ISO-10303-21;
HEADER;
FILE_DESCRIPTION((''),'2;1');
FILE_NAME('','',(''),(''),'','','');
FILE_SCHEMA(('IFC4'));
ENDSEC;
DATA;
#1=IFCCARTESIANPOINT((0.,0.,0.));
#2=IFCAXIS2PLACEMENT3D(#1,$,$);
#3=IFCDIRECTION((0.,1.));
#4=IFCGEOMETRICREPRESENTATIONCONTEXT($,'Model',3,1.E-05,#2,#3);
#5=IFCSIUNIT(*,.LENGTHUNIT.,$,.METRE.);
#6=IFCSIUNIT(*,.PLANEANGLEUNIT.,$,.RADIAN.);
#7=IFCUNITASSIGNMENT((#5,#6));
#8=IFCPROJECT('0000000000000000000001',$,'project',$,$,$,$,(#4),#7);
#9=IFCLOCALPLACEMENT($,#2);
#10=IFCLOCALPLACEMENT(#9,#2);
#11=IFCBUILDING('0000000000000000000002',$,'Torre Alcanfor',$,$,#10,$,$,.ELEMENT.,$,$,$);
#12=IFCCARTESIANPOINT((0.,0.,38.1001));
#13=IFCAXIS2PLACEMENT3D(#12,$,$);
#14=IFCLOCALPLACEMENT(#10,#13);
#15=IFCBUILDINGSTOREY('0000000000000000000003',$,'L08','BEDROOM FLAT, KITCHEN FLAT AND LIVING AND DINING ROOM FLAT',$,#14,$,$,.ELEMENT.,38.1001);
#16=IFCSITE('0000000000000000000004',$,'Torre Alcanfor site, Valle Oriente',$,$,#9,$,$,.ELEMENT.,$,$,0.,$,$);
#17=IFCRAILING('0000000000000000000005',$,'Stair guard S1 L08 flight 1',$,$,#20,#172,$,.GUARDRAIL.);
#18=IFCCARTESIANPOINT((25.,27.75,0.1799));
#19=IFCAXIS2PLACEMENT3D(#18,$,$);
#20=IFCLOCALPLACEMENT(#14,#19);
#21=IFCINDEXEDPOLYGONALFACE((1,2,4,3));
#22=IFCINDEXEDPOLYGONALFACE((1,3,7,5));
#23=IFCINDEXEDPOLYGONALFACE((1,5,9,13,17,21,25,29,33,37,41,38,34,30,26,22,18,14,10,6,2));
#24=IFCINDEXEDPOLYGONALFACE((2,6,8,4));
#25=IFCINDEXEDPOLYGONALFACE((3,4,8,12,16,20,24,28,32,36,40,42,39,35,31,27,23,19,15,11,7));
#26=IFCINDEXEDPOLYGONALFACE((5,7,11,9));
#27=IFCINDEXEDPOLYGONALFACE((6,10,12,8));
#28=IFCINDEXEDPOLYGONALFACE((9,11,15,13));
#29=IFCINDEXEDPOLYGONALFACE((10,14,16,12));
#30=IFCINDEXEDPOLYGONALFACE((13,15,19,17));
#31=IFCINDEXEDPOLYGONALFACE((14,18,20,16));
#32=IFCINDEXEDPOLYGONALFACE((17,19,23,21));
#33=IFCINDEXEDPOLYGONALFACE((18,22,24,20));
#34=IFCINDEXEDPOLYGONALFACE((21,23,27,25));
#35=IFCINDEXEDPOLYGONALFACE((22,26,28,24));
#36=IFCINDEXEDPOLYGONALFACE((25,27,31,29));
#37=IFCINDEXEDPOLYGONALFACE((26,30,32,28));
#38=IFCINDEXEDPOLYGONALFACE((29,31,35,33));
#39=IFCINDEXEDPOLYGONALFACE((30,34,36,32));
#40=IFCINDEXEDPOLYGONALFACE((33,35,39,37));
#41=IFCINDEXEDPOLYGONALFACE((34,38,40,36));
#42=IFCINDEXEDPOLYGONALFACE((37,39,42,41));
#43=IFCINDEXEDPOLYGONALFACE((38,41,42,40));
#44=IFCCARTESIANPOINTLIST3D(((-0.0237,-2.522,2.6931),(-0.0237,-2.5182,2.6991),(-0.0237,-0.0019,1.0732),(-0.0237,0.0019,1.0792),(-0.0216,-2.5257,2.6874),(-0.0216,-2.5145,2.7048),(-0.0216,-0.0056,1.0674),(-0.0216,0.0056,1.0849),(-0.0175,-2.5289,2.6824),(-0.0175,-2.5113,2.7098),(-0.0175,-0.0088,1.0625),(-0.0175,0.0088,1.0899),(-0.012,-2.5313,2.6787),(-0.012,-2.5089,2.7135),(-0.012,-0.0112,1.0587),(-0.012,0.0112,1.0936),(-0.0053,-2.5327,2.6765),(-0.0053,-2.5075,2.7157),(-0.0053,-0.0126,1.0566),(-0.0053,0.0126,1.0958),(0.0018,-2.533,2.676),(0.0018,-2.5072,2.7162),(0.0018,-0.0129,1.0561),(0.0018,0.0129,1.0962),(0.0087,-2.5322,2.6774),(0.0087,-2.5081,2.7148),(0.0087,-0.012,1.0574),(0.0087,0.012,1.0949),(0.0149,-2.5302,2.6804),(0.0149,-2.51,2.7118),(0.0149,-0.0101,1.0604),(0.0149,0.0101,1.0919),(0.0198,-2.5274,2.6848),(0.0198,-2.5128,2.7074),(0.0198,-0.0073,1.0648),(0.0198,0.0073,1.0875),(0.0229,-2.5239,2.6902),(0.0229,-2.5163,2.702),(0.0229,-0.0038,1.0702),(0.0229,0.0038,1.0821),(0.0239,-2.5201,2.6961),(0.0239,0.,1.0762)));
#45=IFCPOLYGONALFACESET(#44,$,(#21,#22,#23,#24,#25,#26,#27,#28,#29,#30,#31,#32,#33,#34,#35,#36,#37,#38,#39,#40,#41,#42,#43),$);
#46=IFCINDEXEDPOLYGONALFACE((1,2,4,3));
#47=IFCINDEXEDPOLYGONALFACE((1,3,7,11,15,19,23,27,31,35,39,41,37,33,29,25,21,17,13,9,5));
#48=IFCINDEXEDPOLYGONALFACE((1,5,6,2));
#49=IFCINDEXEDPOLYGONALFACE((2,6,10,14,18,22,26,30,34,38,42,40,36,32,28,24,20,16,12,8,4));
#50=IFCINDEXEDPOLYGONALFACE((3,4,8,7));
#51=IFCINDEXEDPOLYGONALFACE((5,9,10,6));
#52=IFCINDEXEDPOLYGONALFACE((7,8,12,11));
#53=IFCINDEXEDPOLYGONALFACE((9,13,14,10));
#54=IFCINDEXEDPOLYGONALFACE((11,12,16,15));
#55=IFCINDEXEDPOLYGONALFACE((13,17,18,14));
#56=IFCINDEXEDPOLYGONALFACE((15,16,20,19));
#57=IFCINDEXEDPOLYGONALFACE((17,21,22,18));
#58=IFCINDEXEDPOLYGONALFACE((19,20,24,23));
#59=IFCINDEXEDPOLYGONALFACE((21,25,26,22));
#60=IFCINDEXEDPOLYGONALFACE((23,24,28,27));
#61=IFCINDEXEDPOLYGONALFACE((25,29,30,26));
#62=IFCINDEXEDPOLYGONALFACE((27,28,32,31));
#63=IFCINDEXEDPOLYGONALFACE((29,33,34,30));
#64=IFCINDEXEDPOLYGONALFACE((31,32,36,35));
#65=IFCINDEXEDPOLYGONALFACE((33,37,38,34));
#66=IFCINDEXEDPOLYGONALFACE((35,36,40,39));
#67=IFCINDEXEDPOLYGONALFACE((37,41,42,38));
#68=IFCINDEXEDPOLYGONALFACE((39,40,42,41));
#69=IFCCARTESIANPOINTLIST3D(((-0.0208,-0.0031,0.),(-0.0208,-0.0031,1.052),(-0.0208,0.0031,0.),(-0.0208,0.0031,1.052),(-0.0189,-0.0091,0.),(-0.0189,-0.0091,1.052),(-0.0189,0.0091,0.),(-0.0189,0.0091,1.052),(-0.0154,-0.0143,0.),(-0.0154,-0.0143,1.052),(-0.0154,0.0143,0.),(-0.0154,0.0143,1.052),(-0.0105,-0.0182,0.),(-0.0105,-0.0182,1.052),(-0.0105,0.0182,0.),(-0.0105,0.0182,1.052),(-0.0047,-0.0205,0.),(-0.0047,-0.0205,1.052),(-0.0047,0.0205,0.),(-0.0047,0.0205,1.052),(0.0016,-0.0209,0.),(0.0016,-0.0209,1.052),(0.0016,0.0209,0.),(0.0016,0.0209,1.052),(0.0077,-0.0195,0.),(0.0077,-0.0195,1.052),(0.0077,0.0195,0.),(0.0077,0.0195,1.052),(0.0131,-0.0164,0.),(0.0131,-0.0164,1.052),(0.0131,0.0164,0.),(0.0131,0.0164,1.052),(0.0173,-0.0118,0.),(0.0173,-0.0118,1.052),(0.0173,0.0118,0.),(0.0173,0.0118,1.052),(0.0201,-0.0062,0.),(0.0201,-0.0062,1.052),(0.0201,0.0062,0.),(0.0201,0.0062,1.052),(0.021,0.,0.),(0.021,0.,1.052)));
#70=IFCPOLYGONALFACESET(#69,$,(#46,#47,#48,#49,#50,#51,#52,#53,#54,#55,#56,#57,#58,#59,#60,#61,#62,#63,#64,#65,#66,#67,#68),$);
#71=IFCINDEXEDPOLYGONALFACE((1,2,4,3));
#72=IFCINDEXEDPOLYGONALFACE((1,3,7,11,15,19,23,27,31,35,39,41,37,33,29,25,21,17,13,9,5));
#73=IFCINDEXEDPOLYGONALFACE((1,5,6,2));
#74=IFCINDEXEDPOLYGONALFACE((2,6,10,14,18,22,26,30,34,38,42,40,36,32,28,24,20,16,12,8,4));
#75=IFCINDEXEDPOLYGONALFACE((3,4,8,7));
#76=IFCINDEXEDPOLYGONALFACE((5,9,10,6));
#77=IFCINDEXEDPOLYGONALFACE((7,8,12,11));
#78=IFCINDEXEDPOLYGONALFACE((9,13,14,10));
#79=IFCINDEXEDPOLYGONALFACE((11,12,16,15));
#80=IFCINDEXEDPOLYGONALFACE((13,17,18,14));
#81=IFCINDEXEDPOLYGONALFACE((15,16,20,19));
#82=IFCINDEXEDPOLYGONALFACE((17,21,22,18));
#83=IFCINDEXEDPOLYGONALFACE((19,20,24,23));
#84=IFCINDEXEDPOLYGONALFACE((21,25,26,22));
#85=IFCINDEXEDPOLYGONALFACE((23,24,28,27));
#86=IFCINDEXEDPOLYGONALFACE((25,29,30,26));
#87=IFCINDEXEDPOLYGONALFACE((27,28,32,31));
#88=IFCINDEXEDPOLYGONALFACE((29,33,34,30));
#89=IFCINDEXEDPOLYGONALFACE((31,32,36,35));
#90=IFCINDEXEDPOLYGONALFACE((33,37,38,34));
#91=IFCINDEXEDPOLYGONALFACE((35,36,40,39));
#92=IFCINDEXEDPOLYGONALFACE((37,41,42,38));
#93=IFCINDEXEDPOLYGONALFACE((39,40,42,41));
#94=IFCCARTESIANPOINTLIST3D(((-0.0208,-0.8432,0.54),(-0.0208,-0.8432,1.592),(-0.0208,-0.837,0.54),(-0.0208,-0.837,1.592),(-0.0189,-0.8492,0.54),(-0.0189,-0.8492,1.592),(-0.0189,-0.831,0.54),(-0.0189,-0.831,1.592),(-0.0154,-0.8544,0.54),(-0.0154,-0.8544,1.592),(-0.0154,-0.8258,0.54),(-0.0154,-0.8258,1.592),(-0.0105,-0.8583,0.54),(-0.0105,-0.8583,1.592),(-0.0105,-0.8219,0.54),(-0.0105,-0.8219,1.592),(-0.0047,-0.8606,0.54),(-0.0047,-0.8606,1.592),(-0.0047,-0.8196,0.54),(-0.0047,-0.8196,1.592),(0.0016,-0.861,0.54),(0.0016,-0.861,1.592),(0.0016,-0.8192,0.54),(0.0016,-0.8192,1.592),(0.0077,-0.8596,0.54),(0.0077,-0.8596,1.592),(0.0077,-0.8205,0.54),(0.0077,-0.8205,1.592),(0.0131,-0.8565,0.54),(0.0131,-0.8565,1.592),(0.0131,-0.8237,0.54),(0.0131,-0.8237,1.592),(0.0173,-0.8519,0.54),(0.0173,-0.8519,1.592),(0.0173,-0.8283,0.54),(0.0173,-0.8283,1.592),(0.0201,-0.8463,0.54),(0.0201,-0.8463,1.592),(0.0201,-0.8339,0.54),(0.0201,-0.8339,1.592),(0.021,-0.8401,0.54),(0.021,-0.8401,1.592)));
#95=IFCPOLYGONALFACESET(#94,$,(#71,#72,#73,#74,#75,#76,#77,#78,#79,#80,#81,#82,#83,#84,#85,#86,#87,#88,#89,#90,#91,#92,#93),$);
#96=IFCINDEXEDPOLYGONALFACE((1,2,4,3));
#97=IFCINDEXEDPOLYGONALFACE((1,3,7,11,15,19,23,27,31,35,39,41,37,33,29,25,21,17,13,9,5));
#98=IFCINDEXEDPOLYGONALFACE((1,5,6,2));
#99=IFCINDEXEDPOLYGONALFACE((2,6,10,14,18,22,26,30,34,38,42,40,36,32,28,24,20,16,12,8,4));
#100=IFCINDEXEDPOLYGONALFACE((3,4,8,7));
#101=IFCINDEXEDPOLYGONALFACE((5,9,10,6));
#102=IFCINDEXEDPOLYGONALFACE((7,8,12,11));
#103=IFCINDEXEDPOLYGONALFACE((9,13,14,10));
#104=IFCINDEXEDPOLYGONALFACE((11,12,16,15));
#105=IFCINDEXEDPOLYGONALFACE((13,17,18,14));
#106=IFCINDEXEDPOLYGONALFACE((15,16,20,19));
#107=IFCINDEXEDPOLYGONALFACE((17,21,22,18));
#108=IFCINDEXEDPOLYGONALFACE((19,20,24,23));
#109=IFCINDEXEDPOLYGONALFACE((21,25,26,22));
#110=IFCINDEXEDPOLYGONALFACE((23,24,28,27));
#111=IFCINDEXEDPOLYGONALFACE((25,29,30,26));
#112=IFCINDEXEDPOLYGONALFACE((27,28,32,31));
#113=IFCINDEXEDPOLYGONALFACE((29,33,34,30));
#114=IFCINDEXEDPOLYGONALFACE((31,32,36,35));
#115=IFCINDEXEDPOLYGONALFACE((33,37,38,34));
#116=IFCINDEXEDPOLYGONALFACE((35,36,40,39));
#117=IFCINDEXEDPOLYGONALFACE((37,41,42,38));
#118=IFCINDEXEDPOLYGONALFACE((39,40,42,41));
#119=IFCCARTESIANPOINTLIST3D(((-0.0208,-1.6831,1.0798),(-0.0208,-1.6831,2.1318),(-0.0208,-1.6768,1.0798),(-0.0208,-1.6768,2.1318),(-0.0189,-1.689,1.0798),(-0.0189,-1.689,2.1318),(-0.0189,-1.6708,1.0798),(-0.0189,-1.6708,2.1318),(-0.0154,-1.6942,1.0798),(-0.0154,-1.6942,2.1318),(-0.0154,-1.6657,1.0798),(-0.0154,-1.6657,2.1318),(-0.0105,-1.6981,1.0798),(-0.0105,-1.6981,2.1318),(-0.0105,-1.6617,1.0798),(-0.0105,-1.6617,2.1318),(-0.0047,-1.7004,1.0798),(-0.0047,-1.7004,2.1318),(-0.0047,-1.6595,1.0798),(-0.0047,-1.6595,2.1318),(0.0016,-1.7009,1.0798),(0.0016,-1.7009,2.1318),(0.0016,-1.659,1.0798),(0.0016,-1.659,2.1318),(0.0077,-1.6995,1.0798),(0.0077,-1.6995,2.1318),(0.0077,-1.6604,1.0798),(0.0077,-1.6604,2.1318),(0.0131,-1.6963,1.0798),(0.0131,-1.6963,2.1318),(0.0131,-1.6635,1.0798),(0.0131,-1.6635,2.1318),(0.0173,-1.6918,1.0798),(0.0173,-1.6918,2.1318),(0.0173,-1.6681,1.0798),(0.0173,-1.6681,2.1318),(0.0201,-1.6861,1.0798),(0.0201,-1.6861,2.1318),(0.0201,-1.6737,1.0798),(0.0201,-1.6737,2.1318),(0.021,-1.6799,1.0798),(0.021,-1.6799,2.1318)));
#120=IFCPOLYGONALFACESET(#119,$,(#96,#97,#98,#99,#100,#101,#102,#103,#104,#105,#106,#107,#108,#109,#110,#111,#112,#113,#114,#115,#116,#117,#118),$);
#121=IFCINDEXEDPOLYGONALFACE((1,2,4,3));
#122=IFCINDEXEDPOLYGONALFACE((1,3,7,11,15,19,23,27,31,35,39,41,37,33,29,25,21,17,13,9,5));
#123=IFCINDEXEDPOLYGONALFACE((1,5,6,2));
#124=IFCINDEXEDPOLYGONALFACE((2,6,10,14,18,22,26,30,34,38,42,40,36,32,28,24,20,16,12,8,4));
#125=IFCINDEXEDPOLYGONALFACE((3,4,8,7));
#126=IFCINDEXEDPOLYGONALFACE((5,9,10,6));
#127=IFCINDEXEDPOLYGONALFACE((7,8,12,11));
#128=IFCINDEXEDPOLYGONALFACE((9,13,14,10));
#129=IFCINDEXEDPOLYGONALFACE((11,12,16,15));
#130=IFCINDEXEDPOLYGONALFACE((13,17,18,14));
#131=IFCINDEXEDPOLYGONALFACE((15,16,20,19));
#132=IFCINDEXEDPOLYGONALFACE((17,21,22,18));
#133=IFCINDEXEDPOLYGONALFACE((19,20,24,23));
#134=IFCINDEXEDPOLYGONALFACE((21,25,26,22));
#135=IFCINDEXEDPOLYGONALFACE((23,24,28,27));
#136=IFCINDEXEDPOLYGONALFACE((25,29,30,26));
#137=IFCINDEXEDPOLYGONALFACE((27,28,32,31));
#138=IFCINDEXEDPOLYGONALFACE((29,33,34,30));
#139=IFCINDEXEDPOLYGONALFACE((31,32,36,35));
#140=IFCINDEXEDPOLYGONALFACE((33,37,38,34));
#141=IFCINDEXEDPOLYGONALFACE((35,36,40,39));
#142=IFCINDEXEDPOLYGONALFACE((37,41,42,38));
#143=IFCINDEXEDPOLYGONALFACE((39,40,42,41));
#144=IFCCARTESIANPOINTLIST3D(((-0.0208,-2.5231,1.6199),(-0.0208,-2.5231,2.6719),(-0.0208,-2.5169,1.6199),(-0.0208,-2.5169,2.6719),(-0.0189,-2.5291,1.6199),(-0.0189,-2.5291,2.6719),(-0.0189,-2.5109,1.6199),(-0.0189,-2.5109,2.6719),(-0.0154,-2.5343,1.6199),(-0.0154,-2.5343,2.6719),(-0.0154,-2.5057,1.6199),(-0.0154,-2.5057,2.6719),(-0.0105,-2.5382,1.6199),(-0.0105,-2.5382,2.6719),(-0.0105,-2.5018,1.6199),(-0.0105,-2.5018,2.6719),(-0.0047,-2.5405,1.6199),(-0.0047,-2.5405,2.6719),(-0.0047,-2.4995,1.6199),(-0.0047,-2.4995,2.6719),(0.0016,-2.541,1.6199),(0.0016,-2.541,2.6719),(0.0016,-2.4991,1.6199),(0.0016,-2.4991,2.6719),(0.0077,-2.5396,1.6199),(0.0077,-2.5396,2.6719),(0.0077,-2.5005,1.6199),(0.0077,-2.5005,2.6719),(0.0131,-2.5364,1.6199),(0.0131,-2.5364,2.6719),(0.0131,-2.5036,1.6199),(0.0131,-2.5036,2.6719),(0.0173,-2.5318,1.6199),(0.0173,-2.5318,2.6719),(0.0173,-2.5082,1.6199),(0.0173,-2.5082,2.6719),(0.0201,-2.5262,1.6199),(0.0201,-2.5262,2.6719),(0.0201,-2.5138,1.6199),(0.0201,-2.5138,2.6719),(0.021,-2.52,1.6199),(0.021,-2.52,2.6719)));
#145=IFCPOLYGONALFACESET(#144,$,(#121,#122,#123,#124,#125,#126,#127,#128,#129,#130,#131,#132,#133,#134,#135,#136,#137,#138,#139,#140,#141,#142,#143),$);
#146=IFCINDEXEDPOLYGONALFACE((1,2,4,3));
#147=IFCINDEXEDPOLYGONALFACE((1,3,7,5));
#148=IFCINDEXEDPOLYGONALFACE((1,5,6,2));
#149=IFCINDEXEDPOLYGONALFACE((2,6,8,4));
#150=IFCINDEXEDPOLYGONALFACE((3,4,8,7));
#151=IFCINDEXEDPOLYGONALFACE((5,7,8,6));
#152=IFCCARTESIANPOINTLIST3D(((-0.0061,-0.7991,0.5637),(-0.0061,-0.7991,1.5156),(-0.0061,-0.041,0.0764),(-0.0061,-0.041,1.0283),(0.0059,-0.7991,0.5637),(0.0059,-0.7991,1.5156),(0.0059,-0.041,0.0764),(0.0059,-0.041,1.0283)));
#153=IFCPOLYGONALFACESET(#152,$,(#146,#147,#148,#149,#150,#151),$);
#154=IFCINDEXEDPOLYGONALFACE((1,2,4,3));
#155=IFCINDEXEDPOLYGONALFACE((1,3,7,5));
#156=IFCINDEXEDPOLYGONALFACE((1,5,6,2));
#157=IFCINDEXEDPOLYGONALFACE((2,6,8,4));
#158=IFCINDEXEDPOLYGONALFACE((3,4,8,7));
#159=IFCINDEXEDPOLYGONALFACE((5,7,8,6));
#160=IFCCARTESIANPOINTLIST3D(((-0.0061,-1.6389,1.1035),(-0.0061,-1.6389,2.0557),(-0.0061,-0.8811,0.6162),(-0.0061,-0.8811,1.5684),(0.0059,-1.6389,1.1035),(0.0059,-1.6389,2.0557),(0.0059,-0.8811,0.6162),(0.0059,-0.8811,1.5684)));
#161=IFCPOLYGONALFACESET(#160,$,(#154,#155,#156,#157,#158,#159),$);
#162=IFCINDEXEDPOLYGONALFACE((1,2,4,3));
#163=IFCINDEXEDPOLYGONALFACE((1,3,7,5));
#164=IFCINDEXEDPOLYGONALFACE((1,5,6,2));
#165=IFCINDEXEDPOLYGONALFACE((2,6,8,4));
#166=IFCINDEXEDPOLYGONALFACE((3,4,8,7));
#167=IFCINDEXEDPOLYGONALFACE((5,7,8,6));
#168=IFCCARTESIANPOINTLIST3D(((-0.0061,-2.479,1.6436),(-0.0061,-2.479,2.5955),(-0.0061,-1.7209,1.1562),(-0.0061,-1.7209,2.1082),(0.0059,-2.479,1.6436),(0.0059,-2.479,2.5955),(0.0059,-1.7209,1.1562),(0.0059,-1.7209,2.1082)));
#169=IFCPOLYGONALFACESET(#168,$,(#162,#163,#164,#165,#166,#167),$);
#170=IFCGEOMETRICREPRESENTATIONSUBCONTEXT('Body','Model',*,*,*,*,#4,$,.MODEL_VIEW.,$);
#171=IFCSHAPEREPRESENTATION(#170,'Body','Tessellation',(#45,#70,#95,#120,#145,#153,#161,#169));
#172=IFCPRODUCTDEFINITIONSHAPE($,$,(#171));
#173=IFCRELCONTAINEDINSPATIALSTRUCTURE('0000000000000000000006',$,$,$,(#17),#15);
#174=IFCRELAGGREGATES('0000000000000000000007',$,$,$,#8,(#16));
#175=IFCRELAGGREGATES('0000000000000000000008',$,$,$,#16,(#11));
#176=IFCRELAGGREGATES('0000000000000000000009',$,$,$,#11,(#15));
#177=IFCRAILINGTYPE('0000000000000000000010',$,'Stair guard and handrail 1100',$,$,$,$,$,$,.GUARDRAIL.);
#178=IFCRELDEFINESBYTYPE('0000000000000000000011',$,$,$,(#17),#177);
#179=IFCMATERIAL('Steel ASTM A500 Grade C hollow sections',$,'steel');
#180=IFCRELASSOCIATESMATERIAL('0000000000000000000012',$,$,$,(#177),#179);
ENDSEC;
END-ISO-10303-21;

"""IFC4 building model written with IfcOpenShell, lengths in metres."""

from ifc_helpers import new_model, si_unit, direction, frame, origin, origin_2d, place, context, subcontext, project, spatial, polyline, circle, outline, extrude, material, type_object, element, save


model = new_model("IFC4")

# Units and contexts
model_context = context("Model", 3, precision=1e-05, world=origin(), true_north=direction((0.0, 1.0)))
body_context = subcontext(model_context, "Body", "Model", "MODEL_VIEW")
ifc_project = project(units=[si_unit("LENGTHUNIT", "METRE"), si_unit("PLANEANGLEUNIT", "RADIAN")], contexts=[model_context])

# Site, building, storey
site_placement = place(None, origin())
site = spatial("IfcSite", under=ifc_project, at=site_placement, Name="Torre Alcanfor site, Valle Oriente", CompositionType="ELEMENT", RefElevation=0.0)
building_placement = place(site_placement, origin())
building = spatial("IfcBuilding", under=site, at=building_placement, Name="Torre Alcanfor", CompositionType="ELEMENT")
storey_placement = place(building_placement, frame((0.0, 0.0, 38.1001)))
storey = spatial("IfcBuildingStorey", under=building, at=storey_placement, Name="L08", Description="BEDROOM FLAT, KITCHEN FLAT AND LIVING AND DINING ROOM FLAT", CompositionType="ELEMENT", Elevation=38.1001)

# Railing
ifc_material_1 = material(Name="Steel ASTM A500 Grade C hollow sections", Category="steel")
railing_type_1 = type_object("IfcRailingType", Name="Stair guard and handrail 1100", PredefinedType="GUARDRAIL", material=ifc_material_1)
railing_1_placement = place(storey_placement, frame((25.0, 27.75, 0.1799)))
element("IfcRailing", 1, at=railing_1_placement, inside=storey, type_object=railing_type_1, Name="Stair guard S1 L08 flight 1", PredefinedType="GUARDRAIL", context=body_context, shape_type="SweptSolid", body=[
    extrude(circle(Radius=0.0239, at=origin_2d()), frame((0.0, 0.0, 1.0762), z_axis=(0.0, -0.8412, 0.540725), x_axis=(1.0, 0.0, 0.0)), (0.0, 0.0, 1.0), 2.9958),
    extrude(circle(Radius=0.021, at=origin_2d()), origin(), (0.0, 0.0, 1.0), 1.052),
    extrude(circle(Radius=0.021, at=origin_2d()), frame((0.0, -0.8401, 0.54)), (0.0, 0.0, 1.0), 1.052),
    extrude(circle(Radius=0.021, at=origin_2d()), frame((0.0, -1.6799, 1.0798)), (0.0, 0.0, 1.0), 1.052),
    extrude(circle(Radius=0.021, at=origin_2d()), frame((0.0, -2.52, 1.6199)), (0.0, 0.0, 1.0), 1.052),
    extrude(outline(polyline([(0.041, 0.0764), (0.7991, 0.5637), (0.7991, 1.5156), (0.041, 1.0283), (0.041, 0.0764)])), frame((0.0059, 0.0, 0.0), z_axis=(-1.0, 0.0, 0.0), x_axis=(0.0, -1.0, 0.0)), (0.0, 0.0, 1.0), 0.012),
    extrude(outline(polyline([(0.8811, 0.6162), (1.6389, 1.1035), (1.6389, 2.0557), (0.8811, 1.5684), (0.8811, 0.6162)])), frame((0.0059, 0.0, 0.0), z_axis=(-1.0, 0.0, 0.0), x_axis=(0.0, -1.0, 0.0)), (0.0, 0.0, 1.0), 0.012),
    extrude(outline(polyline([(1.7209, 1.1562), (2.479, 1.6436), (2.479, 2.5955), (1.7209, 2.1082), (1.7209, 1.1562)])), frame((0.0059, 0.0, 0.0), z_axis=(-1.0, 0.0, 0.0), x_axis=(0.0, -1.0, 0.0)), (0.0, 0.0, 1.0), 0.012),
])

save(model, "model.ifc")
